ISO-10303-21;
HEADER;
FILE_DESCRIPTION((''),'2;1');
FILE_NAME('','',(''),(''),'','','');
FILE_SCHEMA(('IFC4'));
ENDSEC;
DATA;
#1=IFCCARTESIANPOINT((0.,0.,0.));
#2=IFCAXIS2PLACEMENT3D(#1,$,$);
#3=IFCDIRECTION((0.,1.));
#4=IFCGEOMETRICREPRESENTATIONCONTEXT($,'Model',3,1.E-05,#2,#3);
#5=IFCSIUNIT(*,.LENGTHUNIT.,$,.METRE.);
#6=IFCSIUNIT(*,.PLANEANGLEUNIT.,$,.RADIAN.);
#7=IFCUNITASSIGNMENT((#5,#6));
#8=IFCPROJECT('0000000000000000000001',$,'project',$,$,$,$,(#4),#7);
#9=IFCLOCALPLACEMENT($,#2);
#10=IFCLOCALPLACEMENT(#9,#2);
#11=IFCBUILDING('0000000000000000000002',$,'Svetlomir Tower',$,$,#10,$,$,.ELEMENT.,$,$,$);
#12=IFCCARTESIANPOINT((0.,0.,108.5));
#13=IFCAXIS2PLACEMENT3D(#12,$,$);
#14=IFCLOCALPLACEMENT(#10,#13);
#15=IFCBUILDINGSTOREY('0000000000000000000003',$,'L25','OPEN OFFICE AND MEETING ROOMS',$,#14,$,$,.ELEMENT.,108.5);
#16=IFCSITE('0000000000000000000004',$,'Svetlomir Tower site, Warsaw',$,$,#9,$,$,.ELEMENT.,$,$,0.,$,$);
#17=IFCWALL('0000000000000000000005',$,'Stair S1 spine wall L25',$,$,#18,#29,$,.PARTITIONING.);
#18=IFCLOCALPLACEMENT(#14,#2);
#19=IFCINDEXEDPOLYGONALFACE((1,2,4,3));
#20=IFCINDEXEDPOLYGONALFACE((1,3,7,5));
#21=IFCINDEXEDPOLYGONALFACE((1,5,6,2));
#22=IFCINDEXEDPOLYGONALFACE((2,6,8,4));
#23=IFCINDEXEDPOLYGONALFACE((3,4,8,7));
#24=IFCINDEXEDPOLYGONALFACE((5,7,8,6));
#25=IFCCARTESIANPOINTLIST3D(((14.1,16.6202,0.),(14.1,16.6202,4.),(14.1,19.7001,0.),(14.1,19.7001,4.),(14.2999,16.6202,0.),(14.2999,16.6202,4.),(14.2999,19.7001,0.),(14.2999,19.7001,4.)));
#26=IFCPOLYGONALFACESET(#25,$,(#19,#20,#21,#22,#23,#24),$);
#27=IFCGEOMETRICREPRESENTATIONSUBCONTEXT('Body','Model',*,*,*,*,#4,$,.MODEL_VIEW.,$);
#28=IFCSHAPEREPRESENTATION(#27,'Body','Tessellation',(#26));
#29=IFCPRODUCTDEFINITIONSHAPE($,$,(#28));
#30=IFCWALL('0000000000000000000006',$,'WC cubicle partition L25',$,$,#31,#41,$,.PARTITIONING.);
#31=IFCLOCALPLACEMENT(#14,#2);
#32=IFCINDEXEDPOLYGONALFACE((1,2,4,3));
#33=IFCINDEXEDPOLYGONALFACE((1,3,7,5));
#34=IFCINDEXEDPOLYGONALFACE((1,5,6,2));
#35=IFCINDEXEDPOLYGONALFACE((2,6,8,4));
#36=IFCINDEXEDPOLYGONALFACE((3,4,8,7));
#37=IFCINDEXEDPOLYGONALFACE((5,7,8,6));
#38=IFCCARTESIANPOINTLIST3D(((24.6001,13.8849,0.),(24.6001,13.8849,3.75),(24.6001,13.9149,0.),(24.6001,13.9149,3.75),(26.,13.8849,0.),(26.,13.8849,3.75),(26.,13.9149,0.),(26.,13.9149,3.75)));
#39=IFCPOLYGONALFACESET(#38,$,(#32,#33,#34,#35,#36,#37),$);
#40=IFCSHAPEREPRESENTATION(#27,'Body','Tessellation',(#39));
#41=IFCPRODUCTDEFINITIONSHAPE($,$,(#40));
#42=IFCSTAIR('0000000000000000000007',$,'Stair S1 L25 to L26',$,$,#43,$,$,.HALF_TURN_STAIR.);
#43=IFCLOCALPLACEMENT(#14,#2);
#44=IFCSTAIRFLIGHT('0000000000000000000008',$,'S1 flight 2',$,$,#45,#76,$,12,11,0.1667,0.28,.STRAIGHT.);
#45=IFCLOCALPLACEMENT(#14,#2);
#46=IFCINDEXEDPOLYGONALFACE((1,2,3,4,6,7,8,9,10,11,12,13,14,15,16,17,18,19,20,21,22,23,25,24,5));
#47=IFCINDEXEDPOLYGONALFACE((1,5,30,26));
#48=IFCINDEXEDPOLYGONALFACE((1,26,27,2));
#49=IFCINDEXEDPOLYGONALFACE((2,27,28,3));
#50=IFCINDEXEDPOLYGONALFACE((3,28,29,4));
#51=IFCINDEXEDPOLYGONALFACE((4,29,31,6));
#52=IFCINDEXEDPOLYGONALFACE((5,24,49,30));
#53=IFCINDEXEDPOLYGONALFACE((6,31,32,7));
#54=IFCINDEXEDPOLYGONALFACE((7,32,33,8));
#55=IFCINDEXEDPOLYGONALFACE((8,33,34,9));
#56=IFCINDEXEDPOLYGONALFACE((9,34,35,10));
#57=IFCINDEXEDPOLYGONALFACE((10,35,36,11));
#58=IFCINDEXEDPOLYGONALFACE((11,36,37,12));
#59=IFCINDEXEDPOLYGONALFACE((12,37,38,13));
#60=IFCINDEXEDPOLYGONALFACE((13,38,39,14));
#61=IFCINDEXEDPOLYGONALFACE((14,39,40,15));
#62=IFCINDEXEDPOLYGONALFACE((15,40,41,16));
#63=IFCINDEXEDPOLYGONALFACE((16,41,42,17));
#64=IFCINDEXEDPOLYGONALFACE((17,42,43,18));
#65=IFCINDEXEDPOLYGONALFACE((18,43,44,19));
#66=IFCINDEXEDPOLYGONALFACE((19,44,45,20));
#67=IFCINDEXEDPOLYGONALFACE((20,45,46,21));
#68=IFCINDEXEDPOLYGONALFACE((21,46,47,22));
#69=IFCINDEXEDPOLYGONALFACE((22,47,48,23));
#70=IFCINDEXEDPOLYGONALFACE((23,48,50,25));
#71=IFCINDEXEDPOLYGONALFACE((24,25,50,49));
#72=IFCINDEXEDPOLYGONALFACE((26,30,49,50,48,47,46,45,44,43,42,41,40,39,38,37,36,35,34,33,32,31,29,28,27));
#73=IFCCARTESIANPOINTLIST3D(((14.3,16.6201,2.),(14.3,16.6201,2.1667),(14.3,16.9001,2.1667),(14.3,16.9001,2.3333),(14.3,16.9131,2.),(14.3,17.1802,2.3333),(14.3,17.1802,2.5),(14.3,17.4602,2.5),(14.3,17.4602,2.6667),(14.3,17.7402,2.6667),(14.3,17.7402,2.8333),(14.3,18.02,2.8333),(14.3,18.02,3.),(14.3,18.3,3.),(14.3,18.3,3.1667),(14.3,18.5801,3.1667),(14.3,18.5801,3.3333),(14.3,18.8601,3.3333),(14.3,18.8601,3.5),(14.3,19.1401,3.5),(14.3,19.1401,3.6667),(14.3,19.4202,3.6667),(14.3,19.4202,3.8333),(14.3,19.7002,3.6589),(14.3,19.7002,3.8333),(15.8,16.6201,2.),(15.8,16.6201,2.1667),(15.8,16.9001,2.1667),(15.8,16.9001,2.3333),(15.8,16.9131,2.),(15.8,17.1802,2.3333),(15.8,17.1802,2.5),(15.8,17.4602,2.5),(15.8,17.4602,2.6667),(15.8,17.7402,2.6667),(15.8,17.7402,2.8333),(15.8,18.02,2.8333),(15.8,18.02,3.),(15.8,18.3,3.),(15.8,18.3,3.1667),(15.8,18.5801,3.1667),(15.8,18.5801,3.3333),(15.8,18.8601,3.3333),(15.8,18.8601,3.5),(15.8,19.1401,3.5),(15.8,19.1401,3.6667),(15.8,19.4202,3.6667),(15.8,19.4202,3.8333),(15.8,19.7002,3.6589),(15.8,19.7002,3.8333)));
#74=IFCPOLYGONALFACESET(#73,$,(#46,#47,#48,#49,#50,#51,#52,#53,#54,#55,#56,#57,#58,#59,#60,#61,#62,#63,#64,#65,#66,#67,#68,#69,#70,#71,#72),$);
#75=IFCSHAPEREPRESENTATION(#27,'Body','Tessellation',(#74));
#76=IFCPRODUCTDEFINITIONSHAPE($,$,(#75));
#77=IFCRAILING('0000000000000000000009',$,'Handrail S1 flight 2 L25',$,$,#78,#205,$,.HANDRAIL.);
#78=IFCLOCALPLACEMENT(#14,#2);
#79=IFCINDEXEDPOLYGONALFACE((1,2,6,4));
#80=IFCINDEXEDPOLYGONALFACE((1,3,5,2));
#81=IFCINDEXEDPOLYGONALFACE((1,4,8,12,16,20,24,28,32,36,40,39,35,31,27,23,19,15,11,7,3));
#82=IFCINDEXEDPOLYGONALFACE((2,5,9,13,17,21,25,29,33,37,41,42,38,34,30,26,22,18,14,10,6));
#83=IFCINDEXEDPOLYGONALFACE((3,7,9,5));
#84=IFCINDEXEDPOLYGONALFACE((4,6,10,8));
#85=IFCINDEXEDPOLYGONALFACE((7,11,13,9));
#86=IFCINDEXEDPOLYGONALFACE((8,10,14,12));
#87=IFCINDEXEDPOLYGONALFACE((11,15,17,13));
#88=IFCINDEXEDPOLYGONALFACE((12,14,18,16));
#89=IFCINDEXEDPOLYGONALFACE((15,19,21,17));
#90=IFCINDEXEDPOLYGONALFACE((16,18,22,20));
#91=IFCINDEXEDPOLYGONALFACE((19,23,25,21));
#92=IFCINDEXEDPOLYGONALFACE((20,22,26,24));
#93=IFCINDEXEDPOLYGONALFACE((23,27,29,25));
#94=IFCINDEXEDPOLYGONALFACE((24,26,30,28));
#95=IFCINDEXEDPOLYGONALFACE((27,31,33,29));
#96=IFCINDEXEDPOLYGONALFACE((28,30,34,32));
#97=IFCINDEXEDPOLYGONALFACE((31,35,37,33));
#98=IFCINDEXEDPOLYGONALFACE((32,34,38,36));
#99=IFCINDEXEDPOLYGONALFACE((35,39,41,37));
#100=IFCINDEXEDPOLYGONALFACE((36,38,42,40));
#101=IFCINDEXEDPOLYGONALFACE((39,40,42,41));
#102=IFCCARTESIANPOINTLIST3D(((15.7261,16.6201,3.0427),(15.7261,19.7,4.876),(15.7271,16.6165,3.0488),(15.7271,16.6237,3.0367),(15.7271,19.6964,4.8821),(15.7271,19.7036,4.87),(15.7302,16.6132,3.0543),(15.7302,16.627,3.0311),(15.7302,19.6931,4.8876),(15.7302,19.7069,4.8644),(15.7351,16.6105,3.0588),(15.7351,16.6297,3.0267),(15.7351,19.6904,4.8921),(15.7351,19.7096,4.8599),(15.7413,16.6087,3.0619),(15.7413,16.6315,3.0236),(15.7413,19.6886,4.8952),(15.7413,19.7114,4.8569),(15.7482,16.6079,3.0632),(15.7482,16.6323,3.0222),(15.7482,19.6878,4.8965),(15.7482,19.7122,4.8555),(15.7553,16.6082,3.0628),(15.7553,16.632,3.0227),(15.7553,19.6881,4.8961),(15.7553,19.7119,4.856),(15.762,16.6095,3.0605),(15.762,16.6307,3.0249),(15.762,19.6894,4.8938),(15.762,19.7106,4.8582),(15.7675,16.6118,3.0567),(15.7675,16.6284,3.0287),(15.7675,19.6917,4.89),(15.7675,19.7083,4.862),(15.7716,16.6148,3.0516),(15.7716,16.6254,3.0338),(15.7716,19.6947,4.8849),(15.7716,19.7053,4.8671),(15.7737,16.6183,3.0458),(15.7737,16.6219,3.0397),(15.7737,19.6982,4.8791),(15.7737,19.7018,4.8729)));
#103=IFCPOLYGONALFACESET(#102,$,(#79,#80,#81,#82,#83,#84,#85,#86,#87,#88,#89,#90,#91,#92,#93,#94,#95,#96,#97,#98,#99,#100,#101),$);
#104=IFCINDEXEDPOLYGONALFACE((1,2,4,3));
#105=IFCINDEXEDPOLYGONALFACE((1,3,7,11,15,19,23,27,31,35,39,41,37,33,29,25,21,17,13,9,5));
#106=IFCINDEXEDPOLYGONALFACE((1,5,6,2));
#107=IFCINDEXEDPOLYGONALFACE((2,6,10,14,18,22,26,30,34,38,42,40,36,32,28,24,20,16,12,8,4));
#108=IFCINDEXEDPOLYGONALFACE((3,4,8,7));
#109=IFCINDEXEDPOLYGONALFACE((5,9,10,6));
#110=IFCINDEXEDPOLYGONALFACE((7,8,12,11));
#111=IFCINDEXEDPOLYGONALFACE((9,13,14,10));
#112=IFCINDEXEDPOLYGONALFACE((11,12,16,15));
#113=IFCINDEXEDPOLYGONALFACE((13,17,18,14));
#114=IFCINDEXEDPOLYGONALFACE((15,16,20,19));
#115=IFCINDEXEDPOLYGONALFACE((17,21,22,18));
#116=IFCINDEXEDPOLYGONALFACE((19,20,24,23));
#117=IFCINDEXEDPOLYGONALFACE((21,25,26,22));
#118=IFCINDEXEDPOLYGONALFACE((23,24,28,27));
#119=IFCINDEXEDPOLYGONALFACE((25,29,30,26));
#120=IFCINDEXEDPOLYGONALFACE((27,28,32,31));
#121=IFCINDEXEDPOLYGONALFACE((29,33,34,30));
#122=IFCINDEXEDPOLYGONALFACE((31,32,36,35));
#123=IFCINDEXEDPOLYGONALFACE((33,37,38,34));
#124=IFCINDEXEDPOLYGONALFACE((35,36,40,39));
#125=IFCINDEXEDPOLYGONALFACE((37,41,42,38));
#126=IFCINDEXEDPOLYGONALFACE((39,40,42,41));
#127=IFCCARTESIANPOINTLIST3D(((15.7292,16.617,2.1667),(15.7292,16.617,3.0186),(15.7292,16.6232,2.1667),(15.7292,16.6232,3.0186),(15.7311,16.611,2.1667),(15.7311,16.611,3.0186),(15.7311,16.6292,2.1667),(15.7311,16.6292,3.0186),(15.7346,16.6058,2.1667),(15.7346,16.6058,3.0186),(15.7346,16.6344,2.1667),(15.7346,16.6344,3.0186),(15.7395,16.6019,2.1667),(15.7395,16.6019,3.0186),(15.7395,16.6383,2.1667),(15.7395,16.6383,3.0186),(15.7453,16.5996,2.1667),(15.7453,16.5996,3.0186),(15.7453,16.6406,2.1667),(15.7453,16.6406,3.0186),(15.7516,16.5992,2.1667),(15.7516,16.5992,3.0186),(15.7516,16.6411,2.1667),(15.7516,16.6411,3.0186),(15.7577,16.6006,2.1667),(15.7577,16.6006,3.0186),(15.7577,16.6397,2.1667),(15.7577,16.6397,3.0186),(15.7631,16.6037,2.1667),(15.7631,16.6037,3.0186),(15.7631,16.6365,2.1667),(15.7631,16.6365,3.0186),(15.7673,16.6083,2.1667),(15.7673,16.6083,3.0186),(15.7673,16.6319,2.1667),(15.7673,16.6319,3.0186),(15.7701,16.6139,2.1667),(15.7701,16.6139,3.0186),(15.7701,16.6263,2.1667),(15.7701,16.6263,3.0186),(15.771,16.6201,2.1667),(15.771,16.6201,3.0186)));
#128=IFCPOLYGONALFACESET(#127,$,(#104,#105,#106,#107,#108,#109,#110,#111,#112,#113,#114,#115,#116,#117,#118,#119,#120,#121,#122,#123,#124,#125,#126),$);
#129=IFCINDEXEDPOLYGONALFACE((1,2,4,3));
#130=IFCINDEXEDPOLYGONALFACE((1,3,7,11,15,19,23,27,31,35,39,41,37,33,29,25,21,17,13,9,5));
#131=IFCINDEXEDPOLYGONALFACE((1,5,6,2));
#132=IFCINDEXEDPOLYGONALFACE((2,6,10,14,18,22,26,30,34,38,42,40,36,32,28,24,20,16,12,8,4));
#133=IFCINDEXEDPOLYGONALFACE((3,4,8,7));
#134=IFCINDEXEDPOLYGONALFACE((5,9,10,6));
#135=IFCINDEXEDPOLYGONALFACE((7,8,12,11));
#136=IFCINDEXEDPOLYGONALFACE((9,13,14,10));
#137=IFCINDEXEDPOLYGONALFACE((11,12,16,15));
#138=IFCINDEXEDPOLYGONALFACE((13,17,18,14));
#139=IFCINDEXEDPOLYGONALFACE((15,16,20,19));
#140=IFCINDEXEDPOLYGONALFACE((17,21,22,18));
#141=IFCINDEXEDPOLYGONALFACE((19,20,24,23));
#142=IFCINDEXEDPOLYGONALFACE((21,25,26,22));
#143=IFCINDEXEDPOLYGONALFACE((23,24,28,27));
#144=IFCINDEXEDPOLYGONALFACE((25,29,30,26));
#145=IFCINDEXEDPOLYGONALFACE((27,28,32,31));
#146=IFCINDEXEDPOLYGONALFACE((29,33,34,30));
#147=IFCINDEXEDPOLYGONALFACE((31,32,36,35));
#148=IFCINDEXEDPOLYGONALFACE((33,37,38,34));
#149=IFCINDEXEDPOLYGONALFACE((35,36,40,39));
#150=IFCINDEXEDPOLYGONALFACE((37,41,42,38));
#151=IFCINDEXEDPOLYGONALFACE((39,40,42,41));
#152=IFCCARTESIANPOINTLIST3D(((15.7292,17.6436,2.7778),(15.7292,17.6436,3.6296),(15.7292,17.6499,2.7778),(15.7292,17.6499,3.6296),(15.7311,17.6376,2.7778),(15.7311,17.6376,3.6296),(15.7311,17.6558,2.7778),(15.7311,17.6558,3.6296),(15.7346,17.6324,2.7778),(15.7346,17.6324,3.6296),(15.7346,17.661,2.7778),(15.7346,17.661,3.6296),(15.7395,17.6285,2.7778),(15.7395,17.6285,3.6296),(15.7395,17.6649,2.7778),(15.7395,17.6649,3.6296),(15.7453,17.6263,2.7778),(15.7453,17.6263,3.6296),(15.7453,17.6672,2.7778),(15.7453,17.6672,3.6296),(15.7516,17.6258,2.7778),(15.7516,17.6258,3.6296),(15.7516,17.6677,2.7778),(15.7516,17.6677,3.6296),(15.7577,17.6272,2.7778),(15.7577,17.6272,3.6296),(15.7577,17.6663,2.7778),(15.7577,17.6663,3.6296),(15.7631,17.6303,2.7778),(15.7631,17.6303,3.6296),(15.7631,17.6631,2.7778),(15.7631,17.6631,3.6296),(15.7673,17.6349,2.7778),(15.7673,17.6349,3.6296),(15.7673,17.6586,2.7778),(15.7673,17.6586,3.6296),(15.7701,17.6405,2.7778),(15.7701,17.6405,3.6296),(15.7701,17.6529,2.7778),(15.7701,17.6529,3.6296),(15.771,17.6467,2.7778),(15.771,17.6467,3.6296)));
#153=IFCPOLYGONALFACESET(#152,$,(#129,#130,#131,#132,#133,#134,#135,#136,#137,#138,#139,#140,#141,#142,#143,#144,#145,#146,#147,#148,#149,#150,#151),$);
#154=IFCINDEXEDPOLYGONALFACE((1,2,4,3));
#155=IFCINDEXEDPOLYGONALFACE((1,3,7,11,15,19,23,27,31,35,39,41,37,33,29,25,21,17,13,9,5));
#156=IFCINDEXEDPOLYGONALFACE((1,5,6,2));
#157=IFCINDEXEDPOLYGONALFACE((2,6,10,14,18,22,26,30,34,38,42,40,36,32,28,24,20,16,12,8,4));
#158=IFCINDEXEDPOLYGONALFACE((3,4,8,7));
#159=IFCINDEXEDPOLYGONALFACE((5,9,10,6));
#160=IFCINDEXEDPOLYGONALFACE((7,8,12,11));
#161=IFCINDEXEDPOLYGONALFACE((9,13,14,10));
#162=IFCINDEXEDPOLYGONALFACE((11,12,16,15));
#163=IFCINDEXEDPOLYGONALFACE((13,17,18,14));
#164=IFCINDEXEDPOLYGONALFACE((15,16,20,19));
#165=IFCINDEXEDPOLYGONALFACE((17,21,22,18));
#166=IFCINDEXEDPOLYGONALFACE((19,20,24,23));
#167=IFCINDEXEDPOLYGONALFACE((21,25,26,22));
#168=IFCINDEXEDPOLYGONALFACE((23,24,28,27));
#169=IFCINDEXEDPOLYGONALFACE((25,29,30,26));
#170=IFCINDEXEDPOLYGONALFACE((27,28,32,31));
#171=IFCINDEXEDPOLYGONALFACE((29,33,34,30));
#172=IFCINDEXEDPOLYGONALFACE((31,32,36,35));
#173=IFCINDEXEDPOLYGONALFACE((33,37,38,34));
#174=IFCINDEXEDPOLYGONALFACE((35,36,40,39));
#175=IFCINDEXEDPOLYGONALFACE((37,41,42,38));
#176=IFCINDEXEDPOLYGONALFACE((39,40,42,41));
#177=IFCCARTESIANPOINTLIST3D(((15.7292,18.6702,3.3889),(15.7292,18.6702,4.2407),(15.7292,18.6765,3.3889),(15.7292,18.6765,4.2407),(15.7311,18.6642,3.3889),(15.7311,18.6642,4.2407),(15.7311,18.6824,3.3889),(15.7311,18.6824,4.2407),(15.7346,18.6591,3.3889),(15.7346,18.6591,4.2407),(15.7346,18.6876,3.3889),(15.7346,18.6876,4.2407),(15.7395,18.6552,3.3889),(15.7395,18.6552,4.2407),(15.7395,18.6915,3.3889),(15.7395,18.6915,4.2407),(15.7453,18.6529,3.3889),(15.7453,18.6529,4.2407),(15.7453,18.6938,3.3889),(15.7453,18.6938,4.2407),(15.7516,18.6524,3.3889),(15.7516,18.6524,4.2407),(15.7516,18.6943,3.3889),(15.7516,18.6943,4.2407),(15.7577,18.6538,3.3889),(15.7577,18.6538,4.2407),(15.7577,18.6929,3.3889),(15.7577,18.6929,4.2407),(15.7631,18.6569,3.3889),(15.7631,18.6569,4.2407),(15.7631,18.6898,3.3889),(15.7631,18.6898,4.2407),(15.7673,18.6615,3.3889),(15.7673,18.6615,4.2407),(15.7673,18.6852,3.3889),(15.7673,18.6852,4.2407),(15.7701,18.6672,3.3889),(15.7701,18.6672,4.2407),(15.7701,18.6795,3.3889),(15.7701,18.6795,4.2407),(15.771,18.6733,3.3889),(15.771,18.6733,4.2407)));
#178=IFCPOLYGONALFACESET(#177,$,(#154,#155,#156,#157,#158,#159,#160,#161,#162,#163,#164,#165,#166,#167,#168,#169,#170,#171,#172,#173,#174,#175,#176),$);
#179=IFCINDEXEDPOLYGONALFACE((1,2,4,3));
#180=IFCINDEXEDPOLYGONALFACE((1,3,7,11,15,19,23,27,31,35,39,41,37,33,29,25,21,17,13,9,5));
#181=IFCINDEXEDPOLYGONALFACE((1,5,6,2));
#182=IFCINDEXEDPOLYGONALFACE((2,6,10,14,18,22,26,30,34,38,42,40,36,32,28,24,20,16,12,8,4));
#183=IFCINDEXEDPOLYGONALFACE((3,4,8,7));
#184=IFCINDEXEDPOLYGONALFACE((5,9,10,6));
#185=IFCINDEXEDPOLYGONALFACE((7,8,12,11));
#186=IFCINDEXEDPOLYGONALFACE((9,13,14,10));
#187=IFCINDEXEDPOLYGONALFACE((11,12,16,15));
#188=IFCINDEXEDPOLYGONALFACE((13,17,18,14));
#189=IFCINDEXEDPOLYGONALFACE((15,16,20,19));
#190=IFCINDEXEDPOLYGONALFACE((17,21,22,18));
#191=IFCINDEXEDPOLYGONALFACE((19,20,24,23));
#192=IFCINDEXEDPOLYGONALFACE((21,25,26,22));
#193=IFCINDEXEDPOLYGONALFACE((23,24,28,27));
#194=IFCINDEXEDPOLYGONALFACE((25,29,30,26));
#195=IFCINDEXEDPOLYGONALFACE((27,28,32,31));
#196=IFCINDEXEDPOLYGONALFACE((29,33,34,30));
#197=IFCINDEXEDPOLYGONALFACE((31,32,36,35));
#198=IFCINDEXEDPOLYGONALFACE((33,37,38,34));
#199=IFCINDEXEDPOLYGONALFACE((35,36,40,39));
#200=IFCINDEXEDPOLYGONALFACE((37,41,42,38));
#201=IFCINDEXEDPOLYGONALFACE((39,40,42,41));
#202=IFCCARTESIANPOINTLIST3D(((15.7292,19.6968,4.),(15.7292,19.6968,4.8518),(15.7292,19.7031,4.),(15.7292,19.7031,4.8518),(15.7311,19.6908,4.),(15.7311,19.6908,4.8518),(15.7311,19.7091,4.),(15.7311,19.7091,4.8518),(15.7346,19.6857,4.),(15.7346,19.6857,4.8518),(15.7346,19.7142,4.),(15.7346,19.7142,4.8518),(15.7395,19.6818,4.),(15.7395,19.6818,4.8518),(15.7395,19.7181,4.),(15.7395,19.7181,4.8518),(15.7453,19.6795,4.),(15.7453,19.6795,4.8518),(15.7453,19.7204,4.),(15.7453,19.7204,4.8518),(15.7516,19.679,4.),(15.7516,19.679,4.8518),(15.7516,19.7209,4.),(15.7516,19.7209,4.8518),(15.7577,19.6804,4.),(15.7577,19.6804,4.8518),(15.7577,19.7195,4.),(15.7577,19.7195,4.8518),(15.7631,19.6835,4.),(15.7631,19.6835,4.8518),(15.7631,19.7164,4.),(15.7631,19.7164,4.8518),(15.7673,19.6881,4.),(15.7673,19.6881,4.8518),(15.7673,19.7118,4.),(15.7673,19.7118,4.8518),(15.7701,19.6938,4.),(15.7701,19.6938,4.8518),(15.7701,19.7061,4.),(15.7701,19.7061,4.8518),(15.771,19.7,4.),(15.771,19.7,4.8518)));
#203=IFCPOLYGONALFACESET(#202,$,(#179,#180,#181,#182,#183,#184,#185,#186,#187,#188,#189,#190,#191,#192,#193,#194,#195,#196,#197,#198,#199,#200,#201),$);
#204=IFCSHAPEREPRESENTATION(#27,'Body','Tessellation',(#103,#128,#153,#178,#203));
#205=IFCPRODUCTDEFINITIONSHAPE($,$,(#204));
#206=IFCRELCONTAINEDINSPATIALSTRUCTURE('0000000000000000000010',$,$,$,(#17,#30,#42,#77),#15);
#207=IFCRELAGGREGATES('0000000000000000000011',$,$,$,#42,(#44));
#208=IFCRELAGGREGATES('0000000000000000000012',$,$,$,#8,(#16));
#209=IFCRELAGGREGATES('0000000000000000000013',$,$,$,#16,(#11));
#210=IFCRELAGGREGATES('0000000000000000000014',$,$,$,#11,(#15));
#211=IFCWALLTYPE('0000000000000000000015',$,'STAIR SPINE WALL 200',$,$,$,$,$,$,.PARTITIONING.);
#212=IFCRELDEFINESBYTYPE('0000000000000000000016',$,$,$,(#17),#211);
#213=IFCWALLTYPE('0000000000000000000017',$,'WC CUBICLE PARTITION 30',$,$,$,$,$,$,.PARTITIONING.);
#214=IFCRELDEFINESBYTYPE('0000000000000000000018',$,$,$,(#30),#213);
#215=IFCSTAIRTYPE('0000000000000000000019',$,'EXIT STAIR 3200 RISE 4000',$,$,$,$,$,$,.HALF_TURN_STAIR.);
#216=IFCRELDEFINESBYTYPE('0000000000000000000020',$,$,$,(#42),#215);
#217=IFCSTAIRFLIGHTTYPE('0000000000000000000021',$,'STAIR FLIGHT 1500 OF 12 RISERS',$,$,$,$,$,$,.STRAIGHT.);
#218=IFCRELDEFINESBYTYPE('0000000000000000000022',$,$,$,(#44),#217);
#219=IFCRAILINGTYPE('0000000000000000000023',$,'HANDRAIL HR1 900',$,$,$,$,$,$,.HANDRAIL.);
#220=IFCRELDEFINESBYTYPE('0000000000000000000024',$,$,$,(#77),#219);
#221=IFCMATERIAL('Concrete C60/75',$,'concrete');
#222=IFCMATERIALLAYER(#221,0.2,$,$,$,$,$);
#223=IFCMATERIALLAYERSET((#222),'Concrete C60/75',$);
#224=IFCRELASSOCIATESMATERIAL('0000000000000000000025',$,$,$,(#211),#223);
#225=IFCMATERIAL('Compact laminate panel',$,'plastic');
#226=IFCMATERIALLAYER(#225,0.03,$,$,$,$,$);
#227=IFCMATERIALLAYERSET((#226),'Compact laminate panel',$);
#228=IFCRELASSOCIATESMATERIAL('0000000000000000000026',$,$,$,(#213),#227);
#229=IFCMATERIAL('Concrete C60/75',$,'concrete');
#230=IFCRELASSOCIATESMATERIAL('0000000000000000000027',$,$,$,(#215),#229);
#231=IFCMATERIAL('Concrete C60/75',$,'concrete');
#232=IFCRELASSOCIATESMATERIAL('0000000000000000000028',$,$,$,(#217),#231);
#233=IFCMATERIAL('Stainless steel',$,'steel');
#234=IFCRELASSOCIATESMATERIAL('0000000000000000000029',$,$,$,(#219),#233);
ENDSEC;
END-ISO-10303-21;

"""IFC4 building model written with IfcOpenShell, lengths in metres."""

from ifc_helpers import new_model, si_unit, direction, frame, frame_2d, origin, origin_2d, place, context, subcontext, project, spatial, polyline, rectangle, circle, outline, extrude, material, layer, layer_set, type_object, element, aggregate, save


model = new_model("IFC4")

# Units and contexts
model_context = context("Model", 3, precision=1e-05, world=origin(), true_north=direction((0.0, 1.0)))
body_context = subcontext(model_context, "Body", "Model", "MODEL_VIEW")
ifc_project = project(units=[si_unit("LENGTHUNIT", "METRE"), si_unit("PLANEANGLEUNIT", "RADIAN")], contexts=[model_context])

# Site, building, storey
site_placement = place(None, origin())
site = spatial("IfcSite", under=ifc_project, at=site_placement, Name="Svetlomir Tower site, Warsaw", CompositionType="ELEMENT", RefElevation=0.0)
building_placement = place(site_placement, origin())
building = spatial("IfcBuilding", under=site, at=building_placement, Name="Svetlomir Tower", CompositionType="ELEMENT")
storey_placement = place(building_placement, frame((0.0, 0.0, 108.5)))
storey = spatial("IfcBuildingStorey", under=building, at=storey_placement, Name="L25", Description="OPEN OFFICE AND MEETING ROOMS", CompositionType="ELEMENT", Elevation=108.5)

# Walls
ifc_material_1 = material(Name="Concrete C60/75", Category="concrete")
ifc_layer_1 = layer(ifc_material_1, 0.2)
ifc_layer_set_1 = layer_set([ifc_layer_1], Name="Concrete C60/75")
wall_type_1 = type_object("IfcWallType", Name="STAIR SPINE WALL 200", PredefinedType="PARTITIONING", material=ifc_layer_set_1)
wall_1_placement = place(storey_placement, frame((14.2, 16.6201, 0.0), z_axis=(0.0, 0.0, 1.0), x_axis=(0.0, 1.0, 0.0)))
element("IfcWall", 1, at=wall_1_placement, inside=storey, type_object=wall_type_1, Name="Stair S1 spine wall L25", PredefinedType="PARTITIONING", context=body_context, shape_type="SweptSolid", body=[
    extrude(rectangle(XDim=3.0798, YDim=0.2, at=frame_2d((1.54, 0.0))), origin(), (0.0, 0.0, 1.0), 4.0),
])
ifc_material_2 = material(Name="Compact laminate panel", Category="plastic")
ifc_layer_2 = layer(ifc_material_2, 0.03)
ifc_layer_set_2 = layer_set([ifc_layer_2], Name="Compact laminate panel")
wall_type_2 = type_object("IfcWallType", Name="WC CUBICLE PARTITION 30", PredefinedType="PARTITIONING", material=ifc_layer_set_2)
wall_2_placement = place(storey_placement, frame((24.6001, 13.8999, 0.0), z_axis=(0.0, 0.0, 1.0), x_axis=(1.0, 0.0, 0.0)))
element("IfcWall", 2, at=wall_2_placement, inside=storey, type_object=wall_type_2, Name="WC cubicle partition L25", PredefinedType="PARTITIONING", context=body_context, shape_type="SweptSolid", body=[
    extrude(rectangle(XDim=1.3999, YDim=0.03, at=frame_2d((0.7, 0.0))), origin(), (0.0, 0.0, 1.0), 3.75),
])

# Stair, stair flight
ifc_material_3 = material(Name="Concrete C60/75", Category="concrete")
stair_type = type_object("IfcStairType", Name="EXIT STAIR 3200 RISE 4000", PredefinedType="HALF_TURN_STAIR", material=ifc_material_3)
stair_placement = place(storey_placement, origin())
stair = element("IfcStair", 3, at=stair_placement, inside=storey, type_object=stair_type, Name="Stair S1 L25 to L26", PredefinedType="HALF_TURN_STAIR")
ifc_material_4 = material(Name="Concrete C60/75", Category="concrete")
stair_flight_type = type_object("IfcStairFlightType", Name="STAIR FLIGHT 1500 OF 12 RISERS", PredefinedType="STRAIGHT", material=ifc_material_4)
stair_flight_placement = place(storey_placement, frame((15.05, 16.6201, 2.0), z_axis=(0.0, 0.0, 1.0), x_axis=(0.0, 1.0, 0.0)))
stair_flight = element("IfcStairFlight", 4, at=stair_flight_placement, type_object=stair_flight_type, Name="S1 flight 2", NumberOfRisers=12, NumberOfTreads=11, PredefinedType="STRAIGHT", RiserHeight=0.1667, TreadLength=0.28, context=body_context, shape_type="SweptSolid", body=[
    extrude(outline(polyline([(0.0, 0.0), (0.0, 0.1667), (0.28, 0.1667), (0.28, 0.3333), (0.5601, 0.3333), (0.5601, 0.5), (0.8401, 0.5), (0.8401, 0.6667), (1.1201, 0.6667), (1.1201, 0.8333), (1.3999, 0.8333), (1.3999, 1.0), (1.6799, 1.0), (1.6799, 1.1667), (1.96, 1.1667), (1.96, 1.3333), (2.24, 1.3333), (2.24, 1.5), (2.52, 1.5), (2.52, 1.6667), (2.8, 1.6667), (2.8, 1.8333), (3.0801, 1.8333), (3.0801, 2.0), (3.0801, 1.6589), (0.293, 0.0), (0.0, 0.0)])), frame((0.0, 0.75, 0.0), z_axis=(0.0, -1.0, 0.0), x_axis=(1.0, 0.0, 0.0)), (0.0, 0.0, 1.0), 1.5),
])
aggregate(stair, [stair_flight])

# Railing
ifc_material_5 = material(Name="Stainless steel", Category="steel")
railing_type = type_object("IfcRailingType", Name="HANDRAIL HR1 900", PredefinedType="HANDRAIL", material=ifc_material_5)
railing_placement = place(storey_placement, frame((15.75, 16.6201, 2.1667)))
element("IfcRailing", 5, at=railing_placement, inside=storey, type_object=railing_type, Name="Handrail S1 flight 2 L25", PredefinedType="HANDRAIL", context=body_context, shape_type="SweptSolid", body=[
    extrude(circle(Radius=0.0239, at=origin_2d()), frame((0.0, 0.0, 0.876), z_axis=(0.0, 0.859291, 0.511487), x_axis=(-1.0, 0.0, 0.0)), (0.0, 0.0, 1.0), 3.5842),
    extrude(circle(Radius=0.021, at=origin_2d()), origin(), (0.0, 0.0, 1.0), 0.8518),
    extrude(circle(Radius=0.021, at=origin_2d()), frame((0.0, 1.0266, 0.6111)), (0.0, 0.0, 1.0), 0.8518),
    extrude(circle(Radius=0.021, at=origin_2d()), frame((0.0, 2.0532, 1.2222)), (0.0, 0.0, 1.0), 0.8518),
    extrude(circle(Radius=0.021, at=origin_2d()), frame((0.0, 3.0798, 1.8333)), (0.0, 0.0, 1.0), 0.8518),
])

save(model, "model.ifc")
